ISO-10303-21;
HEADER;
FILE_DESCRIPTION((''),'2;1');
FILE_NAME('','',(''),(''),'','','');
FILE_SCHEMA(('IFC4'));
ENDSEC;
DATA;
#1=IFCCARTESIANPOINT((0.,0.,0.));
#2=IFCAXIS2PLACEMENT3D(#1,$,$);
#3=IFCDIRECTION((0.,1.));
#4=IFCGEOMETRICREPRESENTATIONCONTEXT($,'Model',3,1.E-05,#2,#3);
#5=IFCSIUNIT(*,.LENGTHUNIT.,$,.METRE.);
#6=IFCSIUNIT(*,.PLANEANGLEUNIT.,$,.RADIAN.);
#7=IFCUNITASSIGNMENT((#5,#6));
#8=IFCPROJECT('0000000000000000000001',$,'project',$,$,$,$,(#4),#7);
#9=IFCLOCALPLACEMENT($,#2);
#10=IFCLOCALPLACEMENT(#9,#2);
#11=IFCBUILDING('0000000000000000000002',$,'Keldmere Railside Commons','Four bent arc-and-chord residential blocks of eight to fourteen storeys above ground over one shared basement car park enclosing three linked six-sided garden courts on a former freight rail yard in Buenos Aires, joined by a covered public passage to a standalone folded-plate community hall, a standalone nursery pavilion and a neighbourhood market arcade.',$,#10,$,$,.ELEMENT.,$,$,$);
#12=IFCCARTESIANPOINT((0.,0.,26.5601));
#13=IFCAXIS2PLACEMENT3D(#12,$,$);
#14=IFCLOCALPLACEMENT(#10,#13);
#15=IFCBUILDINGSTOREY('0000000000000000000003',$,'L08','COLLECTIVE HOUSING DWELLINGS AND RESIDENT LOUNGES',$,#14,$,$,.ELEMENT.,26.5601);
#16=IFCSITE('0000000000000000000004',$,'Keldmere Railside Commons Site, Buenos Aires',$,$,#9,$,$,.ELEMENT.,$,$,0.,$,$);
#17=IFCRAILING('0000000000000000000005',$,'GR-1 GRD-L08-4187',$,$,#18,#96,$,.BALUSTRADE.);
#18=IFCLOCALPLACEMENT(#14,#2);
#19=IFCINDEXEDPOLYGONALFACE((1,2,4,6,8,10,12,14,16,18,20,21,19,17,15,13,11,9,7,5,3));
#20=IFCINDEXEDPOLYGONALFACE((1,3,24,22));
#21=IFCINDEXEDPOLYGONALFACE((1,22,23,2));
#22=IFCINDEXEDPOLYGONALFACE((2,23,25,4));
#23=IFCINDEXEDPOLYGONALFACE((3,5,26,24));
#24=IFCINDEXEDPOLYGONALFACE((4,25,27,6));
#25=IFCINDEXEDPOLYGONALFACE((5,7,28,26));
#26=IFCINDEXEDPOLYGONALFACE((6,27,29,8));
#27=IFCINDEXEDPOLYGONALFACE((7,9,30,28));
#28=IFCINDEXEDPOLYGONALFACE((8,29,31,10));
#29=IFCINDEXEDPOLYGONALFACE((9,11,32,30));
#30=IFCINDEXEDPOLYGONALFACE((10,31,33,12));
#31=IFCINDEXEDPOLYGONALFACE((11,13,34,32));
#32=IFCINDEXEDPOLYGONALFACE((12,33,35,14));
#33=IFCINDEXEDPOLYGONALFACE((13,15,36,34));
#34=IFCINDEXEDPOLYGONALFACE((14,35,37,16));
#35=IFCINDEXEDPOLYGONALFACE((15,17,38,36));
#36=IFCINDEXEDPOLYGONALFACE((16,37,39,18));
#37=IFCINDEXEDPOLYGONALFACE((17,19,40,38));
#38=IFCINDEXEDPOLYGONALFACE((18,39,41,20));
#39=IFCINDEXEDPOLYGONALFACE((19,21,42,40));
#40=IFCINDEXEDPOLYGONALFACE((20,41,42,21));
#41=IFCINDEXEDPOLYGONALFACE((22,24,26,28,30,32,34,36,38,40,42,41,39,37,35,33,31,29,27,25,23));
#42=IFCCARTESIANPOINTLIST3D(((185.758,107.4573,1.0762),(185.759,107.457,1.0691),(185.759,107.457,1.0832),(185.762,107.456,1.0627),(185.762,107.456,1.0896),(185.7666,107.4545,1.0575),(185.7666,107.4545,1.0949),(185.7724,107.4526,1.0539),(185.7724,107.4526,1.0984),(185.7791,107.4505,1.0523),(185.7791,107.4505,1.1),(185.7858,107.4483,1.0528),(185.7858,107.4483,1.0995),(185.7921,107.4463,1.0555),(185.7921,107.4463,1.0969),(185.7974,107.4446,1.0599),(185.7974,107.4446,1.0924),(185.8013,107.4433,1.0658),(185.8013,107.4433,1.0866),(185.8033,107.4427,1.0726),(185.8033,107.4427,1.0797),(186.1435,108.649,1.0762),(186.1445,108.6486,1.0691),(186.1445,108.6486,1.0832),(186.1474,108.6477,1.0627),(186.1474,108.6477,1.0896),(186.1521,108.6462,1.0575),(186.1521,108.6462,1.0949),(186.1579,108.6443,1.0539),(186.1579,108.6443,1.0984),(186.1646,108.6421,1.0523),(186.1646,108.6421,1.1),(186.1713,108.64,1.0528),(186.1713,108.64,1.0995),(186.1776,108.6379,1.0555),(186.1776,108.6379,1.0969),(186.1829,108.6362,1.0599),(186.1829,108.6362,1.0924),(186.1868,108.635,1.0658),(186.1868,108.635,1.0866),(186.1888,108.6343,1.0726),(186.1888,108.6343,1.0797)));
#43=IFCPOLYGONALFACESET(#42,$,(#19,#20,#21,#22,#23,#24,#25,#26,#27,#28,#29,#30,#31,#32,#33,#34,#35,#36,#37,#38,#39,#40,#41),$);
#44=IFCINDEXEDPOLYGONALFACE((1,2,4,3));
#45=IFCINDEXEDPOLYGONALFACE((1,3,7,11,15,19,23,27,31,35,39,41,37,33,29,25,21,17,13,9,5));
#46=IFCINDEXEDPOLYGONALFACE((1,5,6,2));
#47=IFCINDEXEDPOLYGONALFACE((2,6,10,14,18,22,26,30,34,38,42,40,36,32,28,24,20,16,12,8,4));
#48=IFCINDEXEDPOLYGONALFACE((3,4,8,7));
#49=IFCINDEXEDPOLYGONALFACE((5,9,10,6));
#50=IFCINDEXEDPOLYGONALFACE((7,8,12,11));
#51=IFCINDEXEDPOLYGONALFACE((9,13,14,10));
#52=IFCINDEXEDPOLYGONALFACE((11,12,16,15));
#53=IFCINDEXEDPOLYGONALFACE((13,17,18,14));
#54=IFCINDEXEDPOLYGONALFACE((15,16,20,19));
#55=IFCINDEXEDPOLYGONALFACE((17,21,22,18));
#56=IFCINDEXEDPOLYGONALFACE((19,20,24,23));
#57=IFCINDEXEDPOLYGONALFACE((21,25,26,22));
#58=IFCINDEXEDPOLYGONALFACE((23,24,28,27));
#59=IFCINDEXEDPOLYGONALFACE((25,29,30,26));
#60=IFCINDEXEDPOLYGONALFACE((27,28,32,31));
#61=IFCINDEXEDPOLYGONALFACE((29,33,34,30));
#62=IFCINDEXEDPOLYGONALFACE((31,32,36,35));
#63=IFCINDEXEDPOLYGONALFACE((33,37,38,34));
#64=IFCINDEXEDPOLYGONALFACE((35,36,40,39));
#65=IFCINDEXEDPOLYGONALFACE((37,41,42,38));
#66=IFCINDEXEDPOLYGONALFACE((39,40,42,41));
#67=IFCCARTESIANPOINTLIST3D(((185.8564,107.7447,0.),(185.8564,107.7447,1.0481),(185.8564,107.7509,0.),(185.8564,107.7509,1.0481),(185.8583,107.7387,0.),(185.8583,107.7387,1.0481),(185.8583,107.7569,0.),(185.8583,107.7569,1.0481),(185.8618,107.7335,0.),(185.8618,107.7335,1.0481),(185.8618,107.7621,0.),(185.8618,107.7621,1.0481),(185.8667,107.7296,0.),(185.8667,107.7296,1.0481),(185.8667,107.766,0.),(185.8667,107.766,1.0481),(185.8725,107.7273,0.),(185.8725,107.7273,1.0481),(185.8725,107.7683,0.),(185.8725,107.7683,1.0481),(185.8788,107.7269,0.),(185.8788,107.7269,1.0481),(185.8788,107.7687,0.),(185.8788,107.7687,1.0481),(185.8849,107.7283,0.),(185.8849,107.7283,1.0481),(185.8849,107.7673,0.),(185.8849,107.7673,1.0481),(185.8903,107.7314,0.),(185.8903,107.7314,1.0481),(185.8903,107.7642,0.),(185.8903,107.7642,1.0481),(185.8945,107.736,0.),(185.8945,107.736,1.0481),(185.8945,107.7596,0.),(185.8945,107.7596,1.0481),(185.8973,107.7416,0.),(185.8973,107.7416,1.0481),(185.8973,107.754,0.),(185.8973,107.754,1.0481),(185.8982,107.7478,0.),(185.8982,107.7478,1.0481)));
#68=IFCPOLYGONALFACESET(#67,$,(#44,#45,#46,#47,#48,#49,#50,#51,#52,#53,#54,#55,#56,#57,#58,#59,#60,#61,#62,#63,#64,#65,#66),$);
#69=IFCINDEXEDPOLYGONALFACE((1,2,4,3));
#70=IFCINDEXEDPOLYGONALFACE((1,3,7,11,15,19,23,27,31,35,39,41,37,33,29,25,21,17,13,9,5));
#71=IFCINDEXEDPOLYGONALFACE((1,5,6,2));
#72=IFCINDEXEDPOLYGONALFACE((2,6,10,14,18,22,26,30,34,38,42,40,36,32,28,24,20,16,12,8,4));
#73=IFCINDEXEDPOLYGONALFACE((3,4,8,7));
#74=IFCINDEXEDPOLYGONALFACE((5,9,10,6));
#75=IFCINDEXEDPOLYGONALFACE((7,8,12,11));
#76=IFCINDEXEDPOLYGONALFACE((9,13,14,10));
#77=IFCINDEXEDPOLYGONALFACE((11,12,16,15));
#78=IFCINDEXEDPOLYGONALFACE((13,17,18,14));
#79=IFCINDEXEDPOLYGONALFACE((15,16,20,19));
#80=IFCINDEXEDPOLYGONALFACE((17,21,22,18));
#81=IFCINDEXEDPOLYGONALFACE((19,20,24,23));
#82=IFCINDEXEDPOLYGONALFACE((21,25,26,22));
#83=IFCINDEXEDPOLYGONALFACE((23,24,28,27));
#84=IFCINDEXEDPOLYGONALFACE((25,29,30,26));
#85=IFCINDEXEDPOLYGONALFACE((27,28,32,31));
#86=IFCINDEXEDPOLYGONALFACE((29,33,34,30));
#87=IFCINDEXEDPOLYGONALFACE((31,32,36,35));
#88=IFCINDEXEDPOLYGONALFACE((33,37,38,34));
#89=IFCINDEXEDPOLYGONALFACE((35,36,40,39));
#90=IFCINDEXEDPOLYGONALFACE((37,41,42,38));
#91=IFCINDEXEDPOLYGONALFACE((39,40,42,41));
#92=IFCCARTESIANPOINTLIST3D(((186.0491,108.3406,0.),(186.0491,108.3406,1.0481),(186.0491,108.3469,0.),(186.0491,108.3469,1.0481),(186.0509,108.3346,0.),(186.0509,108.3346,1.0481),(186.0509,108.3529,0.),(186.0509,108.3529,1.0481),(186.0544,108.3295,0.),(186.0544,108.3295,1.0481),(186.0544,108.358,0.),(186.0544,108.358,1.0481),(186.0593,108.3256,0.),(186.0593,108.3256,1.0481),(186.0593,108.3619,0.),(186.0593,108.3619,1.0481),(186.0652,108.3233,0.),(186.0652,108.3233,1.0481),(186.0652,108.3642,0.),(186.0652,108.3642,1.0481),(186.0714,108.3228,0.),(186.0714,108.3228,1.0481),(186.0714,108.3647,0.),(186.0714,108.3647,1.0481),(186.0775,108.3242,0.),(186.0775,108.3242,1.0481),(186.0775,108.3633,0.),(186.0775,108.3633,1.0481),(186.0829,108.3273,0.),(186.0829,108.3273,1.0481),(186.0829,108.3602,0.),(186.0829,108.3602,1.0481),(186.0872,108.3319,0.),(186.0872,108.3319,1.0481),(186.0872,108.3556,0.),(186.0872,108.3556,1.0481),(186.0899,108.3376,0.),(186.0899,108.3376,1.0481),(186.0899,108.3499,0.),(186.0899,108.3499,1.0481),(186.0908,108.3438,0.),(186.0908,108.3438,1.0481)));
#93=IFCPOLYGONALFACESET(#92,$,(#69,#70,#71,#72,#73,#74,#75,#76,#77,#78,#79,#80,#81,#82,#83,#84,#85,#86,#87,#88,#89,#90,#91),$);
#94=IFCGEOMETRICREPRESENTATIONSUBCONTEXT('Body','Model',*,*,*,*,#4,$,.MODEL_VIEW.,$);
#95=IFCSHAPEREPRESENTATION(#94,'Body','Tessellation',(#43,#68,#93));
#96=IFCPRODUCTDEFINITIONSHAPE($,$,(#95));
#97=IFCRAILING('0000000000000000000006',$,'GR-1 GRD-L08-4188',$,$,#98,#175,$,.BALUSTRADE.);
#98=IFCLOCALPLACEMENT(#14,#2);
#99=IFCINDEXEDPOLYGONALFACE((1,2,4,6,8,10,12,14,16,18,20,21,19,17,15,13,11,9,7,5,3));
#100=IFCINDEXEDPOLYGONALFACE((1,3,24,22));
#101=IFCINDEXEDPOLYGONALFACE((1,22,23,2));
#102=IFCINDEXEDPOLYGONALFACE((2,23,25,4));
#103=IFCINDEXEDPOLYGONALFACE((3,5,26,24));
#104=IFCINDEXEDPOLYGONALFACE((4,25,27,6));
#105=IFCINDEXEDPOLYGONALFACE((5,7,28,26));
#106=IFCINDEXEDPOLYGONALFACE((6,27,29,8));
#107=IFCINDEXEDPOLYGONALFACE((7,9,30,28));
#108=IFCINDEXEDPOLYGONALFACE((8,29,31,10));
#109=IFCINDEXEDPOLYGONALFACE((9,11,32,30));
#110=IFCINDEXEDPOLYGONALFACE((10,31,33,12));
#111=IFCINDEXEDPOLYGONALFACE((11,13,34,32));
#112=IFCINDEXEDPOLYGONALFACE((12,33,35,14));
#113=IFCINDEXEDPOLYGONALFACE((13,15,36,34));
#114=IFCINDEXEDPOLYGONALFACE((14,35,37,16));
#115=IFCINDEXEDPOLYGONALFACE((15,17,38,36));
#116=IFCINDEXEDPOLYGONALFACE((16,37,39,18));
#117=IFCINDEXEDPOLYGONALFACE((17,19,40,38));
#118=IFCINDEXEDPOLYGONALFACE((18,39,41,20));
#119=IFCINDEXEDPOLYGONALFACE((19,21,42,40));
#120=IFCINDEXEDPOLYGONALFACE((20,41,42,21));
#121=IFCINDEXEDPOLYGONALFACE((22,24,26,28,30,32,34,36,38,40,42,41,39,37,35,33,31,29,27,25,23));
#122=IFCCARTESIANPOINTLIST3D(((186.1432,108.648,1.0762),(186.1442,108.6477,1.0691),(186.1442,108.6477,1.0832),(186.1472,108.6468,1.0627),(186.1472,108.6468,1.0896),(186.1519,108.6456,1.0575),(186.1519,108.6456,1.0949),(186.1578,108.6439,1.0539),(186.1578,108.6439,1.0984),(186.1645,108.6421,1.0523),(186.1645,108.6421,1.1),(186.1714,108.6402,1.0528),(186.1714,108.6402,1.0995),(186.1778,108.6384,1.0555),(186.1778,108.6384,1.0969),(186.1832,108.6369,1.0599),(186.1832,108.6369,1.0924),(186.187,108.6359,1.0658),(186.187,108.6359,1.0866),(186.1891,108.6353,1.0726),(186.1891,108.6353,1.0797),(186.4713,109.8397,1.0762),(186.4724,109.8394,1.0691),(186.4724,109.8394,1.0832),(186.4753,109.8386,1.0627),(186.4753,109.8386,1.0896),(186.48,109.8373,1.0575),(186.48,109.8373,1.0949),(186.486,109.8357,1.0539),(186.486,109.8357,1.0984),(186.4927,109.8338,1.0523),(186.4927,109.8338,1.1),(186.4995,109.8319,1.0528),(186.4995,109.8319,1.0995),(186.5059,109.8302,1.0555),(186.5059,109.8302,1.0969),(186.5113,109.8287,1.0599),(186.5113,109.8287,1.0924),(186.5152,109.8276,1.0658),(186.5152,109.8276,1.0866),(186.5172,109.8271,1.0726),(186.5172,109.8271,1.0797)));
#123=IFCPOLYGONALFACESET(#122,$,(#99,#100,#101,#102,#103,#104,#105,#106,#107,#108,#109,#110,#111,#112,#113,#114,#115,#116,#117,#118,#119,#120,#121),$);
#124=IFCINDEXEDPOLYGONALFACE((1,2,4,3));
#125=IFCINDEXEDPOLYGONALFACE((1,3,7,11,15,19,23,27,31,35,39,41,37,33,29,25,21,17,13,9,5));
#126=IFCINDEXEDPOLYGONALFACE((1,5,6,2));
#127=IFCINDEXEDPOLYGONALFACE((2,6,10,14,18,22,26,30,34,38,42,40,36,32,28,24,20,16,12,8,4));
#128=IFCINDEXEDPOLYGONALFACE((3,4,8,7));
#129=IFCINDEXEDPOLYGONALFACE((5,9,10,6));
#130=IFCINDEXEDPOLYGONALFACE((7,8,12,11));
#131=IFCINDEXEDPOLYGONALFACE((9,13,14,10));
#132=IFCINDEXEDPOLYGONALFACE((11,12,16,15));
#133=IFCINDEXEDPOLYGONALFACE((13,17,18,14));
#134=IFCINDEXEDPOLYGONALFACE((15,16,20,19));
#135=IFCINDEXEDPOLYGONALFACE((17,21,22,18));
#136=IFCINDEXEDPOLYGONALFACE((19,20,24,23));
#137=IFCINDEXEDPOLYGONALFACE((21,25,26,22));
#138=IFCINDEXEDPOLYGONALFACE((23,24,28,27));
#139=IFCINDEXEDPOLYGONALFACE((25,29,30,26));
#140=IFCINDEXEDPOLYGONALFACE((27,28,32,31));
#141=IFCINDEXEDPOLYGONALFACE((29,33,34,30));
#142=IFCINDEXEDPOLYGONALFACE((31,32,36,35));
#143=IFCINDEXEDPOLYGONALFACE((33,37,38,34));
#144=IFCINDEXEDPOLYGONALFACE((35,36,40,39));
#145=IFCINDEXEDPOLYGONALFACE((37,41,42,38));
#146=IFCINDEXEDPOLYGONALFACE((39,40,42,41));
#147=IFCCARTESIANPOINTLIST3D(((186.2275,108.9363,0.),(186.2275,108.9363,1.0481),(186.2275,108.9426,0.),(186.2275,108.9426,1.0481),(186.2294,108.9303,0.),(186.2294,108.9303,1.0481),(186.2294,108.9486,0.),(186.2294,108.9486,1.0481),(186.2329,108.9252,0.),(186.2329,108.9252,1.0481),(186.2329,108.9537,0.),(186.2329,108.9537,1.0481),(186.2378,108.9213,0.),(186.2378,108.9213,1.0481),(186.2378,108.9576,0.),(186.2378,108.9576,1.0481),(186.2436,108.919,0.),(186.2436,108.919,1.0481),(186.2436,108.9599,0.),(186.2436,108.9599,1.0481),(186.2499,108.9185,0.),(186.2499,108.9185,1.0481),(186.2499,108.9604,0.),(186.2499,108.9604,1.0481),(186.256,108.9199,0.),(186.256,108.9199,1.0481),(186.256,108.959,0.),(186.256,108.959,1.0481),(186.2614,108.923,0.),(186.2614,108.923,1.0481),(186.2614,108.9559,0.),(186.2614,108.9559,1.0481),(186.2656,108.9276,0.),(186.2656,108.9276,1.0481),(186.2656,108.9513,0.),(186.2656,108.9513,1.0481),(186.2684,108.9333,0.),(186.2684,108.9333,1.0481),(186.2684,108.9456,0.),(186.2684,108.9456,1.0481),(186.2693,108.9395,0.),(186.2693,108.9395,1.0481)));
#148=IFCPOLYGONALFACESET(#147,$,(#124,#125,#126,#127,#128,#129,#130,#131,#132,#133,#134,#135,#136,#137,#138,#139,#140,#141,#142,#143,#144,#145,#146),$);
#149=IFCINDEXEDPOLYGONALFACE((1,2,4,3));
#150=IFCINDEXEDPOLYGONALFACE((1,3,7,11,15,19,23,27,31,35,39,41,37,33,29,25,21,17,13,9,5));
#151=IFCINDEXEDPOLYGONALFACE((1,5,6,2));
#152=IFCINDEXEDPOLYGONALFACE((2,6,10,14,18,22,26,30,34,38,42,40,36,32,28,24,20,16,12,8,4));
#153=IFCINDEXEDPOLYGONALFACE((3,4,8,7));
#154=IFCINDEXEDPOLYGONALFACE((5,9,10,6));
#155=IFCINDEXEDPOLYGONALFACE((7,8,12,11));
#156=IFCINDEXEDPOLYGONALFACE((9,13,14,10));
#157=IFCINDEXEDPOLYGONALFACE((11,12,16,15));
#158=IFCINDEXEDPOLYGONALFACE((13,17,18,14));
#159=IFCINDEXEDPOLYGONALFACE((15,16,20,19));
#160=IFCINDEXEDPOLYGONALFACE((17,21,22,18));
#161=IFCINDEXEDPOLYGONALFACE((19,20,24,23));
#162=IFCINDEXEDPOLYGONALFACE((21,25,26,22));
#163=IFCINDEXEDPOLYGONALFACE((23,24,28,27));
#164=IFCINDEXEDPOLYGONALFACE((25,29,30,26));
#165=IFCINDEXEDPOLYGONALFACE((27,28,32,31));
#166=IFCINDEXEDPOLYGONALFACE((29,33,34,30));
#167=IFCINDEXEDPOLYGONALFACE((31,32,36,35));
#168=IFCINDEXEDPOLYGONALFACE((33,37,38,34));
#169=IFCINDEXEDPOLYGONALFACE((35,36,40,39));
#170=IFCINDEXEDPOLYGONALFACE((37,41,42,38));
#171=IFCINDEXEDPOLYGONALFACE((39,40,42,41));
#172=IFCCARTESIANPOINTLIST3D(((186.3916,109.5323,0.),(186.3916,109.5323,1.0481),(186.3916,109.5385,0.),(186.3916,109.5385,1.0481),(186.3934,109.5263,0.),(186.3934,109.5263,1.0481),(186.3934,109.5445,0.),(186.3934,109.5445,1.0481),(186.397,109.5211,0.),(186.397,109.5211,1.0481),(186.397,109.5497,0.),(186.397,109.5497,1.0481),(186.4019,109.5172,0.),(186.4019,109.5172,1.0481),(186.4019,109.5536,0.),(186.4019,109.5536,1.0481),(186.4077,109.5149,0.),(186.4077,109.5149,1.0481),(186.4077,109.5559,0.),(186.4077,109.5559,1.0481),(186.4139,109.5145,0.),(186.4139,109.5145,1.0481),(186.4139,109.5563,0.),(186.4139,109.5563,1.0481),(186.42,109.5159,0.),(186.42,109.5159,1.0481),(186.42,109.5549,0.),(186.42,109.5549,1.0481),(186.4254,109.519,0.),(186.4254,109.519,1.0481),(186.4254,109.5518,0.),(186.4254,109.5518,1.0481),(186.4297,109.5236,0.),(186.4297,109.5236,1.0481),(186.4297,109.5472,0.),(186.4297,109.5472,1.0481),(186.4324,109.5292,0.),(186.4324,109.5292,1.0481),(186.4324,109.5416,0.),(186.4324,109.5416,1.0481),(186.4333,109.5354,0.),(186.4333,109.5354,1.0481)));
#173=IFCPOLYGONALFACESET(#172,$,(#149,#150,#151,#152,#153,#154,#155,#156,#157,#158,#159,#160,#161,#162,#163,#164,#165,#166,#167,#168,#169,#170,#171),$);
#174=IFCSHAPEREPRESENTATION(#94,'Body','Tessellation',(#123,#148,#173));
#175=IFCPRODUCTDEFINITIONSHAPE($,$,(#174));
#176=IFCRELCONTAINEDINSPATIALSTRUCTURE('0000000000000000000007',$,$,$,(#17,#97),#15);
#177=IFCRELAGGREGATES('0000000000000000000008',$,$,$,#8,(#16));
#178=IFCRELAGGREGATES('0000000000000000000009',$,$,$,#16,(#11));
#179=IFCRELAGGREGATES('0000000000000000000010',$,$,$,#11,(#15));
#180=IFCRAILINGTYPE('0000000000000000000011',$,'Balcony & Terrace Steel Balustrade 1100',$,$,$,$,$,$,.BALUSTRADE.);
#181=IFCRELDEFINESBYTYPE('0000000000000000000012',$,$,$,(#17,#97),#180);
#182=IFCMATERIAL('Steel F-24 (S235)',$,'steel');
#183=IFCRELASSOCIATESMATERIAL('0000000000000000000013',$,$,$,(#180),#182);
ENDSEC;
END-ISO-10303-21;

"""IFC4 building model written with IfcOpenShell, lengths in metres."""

from ifc_helpers import new_model, si_unit, direction, frame, origin, origin_2d, place, context, subcontext, project, spatial, circle, extrude, material, type_object, element, save


model = new_model("IFC4")

# Units and contexts
model_context = context("Model", 3, precision=1e-05, world=origin(), true_north=direction((0.0, 1.0)))
body_context = subcontext(model_context, "Body", "Model", "MODEL_VIEW")
ifc_project = project(units=[si_unit("LENGTHUNIT", "METRE"), si_unit("PLANEANGLEUNIT", "RADIAN")], contexts=[model_context])

# Site, building, storey
site_placement = place(None, origin())
site = spatial("IfcSite", under=ifc_project, at=site_placement, Name="Keldmere Railside Commons Site, Buenos Aires", CompositionType="ELEMENT", RefElevation=0.0)
building_placement = place(site_placement, origin())
building = spatial("IfcBuilding", under=site, at=building_placement, Name="Keldmere Railside Commons", Description="Four bent arc-and-chord residential blocks of eight to fourteen storeys above ground over one shared basement car park enclosing three linked six-sided garden courts on a former freight rail yard in Buenos Aires, joined by a covered public passage to a standalone folded-plate community hall, a standalone nursery pavilion and a neighbourhood market arcade.", CompositionType="ELEMENT")
storey_placement = place(building_placement, frame((0.0, 0.0, 26.5601)))
storey = spatial("IfcBuildingStorey", under=building, at=storey_placement, Name="L08", Description="COLLECTIVE HOUSING DWELLINGS AND RESIDENT LOUNGES", CompositionType="ELEMENT", Elevation=26.5601)

# Railings
ifc_material_1 = material(Name="Steel F-24 (S235)", Category="steel")
railing_type = type_object("IfcRailingType", Name="Balcony & Terrace Steel Balustrade 1100", PredefinedType="BALUSTRADE", material=ifc_material_1)
railing_1_placement = place(storey_placement, frame((185.7808, 107.45, 0.0)))
element("IfcRailing", 1, at=railing_1_placement, inside=storey, type_object=railing_type, Name="GR-1 GRD-L08-4187", PredefinedType="BALUSTRADE", context=body_context, shape_type="SweptSolid", body=[
    extrude(circle(Radius=0.0239, at=origin_2d()), frame((0.0, 0.0, 1.0762), z_axis=(0.307794, 0.951453, 0.0), x_axis=(-0.951453, 0.307794, 0.0)), (0.0, 0.0, 1.0), 1.2524),
    extrude(circle(Radius=0.021, at=origin_2d()), frame((0.0964, 0.2979, 0.0)), (0.0, 0.0, 1.0), 1.0481),
    extrude(circle(Radius=0.021, at=origin_2d()), frame((0.2891, 0.8938, 0.0)), (0.0, 0.0, 1.0), 1.0481),
])
railing_2_placement = place(storey_placement, frame((186.1663, 108.6416, 0.0)))
element("IfcRailing", 2, at=railing_2_placement, inside=storey, type_object=railing_type, Name="GR-1 GRD-L08-4188", PredefinedType="BALUSTRADE", context=body_context, shape_type="SweptSolid", body=[
    extrude(circle(Radius=0.0239, at=origin_2d()), frame((0.0, 0.0, 1.0762), z_axis=(0.265473, 0.964118, 0.0), x_axis=(-0.964118, 0.265473, 0.0)), (0.0, 0.0, 1.0), 1.2361),
    extrude(circle(Radius=0.021, at=origin_2d()), frame((0.082, 0.2979, 0.0)), (0.0, 0.0, 1.0), 1.0481),
    extrude(circle(Radius=0.021, at=origin_2d()), frame((0.2461, 0.8938, 0.0)), (0.0, 0.0, 1.0), 1.0481),
])

save(model, "model.ifc")
